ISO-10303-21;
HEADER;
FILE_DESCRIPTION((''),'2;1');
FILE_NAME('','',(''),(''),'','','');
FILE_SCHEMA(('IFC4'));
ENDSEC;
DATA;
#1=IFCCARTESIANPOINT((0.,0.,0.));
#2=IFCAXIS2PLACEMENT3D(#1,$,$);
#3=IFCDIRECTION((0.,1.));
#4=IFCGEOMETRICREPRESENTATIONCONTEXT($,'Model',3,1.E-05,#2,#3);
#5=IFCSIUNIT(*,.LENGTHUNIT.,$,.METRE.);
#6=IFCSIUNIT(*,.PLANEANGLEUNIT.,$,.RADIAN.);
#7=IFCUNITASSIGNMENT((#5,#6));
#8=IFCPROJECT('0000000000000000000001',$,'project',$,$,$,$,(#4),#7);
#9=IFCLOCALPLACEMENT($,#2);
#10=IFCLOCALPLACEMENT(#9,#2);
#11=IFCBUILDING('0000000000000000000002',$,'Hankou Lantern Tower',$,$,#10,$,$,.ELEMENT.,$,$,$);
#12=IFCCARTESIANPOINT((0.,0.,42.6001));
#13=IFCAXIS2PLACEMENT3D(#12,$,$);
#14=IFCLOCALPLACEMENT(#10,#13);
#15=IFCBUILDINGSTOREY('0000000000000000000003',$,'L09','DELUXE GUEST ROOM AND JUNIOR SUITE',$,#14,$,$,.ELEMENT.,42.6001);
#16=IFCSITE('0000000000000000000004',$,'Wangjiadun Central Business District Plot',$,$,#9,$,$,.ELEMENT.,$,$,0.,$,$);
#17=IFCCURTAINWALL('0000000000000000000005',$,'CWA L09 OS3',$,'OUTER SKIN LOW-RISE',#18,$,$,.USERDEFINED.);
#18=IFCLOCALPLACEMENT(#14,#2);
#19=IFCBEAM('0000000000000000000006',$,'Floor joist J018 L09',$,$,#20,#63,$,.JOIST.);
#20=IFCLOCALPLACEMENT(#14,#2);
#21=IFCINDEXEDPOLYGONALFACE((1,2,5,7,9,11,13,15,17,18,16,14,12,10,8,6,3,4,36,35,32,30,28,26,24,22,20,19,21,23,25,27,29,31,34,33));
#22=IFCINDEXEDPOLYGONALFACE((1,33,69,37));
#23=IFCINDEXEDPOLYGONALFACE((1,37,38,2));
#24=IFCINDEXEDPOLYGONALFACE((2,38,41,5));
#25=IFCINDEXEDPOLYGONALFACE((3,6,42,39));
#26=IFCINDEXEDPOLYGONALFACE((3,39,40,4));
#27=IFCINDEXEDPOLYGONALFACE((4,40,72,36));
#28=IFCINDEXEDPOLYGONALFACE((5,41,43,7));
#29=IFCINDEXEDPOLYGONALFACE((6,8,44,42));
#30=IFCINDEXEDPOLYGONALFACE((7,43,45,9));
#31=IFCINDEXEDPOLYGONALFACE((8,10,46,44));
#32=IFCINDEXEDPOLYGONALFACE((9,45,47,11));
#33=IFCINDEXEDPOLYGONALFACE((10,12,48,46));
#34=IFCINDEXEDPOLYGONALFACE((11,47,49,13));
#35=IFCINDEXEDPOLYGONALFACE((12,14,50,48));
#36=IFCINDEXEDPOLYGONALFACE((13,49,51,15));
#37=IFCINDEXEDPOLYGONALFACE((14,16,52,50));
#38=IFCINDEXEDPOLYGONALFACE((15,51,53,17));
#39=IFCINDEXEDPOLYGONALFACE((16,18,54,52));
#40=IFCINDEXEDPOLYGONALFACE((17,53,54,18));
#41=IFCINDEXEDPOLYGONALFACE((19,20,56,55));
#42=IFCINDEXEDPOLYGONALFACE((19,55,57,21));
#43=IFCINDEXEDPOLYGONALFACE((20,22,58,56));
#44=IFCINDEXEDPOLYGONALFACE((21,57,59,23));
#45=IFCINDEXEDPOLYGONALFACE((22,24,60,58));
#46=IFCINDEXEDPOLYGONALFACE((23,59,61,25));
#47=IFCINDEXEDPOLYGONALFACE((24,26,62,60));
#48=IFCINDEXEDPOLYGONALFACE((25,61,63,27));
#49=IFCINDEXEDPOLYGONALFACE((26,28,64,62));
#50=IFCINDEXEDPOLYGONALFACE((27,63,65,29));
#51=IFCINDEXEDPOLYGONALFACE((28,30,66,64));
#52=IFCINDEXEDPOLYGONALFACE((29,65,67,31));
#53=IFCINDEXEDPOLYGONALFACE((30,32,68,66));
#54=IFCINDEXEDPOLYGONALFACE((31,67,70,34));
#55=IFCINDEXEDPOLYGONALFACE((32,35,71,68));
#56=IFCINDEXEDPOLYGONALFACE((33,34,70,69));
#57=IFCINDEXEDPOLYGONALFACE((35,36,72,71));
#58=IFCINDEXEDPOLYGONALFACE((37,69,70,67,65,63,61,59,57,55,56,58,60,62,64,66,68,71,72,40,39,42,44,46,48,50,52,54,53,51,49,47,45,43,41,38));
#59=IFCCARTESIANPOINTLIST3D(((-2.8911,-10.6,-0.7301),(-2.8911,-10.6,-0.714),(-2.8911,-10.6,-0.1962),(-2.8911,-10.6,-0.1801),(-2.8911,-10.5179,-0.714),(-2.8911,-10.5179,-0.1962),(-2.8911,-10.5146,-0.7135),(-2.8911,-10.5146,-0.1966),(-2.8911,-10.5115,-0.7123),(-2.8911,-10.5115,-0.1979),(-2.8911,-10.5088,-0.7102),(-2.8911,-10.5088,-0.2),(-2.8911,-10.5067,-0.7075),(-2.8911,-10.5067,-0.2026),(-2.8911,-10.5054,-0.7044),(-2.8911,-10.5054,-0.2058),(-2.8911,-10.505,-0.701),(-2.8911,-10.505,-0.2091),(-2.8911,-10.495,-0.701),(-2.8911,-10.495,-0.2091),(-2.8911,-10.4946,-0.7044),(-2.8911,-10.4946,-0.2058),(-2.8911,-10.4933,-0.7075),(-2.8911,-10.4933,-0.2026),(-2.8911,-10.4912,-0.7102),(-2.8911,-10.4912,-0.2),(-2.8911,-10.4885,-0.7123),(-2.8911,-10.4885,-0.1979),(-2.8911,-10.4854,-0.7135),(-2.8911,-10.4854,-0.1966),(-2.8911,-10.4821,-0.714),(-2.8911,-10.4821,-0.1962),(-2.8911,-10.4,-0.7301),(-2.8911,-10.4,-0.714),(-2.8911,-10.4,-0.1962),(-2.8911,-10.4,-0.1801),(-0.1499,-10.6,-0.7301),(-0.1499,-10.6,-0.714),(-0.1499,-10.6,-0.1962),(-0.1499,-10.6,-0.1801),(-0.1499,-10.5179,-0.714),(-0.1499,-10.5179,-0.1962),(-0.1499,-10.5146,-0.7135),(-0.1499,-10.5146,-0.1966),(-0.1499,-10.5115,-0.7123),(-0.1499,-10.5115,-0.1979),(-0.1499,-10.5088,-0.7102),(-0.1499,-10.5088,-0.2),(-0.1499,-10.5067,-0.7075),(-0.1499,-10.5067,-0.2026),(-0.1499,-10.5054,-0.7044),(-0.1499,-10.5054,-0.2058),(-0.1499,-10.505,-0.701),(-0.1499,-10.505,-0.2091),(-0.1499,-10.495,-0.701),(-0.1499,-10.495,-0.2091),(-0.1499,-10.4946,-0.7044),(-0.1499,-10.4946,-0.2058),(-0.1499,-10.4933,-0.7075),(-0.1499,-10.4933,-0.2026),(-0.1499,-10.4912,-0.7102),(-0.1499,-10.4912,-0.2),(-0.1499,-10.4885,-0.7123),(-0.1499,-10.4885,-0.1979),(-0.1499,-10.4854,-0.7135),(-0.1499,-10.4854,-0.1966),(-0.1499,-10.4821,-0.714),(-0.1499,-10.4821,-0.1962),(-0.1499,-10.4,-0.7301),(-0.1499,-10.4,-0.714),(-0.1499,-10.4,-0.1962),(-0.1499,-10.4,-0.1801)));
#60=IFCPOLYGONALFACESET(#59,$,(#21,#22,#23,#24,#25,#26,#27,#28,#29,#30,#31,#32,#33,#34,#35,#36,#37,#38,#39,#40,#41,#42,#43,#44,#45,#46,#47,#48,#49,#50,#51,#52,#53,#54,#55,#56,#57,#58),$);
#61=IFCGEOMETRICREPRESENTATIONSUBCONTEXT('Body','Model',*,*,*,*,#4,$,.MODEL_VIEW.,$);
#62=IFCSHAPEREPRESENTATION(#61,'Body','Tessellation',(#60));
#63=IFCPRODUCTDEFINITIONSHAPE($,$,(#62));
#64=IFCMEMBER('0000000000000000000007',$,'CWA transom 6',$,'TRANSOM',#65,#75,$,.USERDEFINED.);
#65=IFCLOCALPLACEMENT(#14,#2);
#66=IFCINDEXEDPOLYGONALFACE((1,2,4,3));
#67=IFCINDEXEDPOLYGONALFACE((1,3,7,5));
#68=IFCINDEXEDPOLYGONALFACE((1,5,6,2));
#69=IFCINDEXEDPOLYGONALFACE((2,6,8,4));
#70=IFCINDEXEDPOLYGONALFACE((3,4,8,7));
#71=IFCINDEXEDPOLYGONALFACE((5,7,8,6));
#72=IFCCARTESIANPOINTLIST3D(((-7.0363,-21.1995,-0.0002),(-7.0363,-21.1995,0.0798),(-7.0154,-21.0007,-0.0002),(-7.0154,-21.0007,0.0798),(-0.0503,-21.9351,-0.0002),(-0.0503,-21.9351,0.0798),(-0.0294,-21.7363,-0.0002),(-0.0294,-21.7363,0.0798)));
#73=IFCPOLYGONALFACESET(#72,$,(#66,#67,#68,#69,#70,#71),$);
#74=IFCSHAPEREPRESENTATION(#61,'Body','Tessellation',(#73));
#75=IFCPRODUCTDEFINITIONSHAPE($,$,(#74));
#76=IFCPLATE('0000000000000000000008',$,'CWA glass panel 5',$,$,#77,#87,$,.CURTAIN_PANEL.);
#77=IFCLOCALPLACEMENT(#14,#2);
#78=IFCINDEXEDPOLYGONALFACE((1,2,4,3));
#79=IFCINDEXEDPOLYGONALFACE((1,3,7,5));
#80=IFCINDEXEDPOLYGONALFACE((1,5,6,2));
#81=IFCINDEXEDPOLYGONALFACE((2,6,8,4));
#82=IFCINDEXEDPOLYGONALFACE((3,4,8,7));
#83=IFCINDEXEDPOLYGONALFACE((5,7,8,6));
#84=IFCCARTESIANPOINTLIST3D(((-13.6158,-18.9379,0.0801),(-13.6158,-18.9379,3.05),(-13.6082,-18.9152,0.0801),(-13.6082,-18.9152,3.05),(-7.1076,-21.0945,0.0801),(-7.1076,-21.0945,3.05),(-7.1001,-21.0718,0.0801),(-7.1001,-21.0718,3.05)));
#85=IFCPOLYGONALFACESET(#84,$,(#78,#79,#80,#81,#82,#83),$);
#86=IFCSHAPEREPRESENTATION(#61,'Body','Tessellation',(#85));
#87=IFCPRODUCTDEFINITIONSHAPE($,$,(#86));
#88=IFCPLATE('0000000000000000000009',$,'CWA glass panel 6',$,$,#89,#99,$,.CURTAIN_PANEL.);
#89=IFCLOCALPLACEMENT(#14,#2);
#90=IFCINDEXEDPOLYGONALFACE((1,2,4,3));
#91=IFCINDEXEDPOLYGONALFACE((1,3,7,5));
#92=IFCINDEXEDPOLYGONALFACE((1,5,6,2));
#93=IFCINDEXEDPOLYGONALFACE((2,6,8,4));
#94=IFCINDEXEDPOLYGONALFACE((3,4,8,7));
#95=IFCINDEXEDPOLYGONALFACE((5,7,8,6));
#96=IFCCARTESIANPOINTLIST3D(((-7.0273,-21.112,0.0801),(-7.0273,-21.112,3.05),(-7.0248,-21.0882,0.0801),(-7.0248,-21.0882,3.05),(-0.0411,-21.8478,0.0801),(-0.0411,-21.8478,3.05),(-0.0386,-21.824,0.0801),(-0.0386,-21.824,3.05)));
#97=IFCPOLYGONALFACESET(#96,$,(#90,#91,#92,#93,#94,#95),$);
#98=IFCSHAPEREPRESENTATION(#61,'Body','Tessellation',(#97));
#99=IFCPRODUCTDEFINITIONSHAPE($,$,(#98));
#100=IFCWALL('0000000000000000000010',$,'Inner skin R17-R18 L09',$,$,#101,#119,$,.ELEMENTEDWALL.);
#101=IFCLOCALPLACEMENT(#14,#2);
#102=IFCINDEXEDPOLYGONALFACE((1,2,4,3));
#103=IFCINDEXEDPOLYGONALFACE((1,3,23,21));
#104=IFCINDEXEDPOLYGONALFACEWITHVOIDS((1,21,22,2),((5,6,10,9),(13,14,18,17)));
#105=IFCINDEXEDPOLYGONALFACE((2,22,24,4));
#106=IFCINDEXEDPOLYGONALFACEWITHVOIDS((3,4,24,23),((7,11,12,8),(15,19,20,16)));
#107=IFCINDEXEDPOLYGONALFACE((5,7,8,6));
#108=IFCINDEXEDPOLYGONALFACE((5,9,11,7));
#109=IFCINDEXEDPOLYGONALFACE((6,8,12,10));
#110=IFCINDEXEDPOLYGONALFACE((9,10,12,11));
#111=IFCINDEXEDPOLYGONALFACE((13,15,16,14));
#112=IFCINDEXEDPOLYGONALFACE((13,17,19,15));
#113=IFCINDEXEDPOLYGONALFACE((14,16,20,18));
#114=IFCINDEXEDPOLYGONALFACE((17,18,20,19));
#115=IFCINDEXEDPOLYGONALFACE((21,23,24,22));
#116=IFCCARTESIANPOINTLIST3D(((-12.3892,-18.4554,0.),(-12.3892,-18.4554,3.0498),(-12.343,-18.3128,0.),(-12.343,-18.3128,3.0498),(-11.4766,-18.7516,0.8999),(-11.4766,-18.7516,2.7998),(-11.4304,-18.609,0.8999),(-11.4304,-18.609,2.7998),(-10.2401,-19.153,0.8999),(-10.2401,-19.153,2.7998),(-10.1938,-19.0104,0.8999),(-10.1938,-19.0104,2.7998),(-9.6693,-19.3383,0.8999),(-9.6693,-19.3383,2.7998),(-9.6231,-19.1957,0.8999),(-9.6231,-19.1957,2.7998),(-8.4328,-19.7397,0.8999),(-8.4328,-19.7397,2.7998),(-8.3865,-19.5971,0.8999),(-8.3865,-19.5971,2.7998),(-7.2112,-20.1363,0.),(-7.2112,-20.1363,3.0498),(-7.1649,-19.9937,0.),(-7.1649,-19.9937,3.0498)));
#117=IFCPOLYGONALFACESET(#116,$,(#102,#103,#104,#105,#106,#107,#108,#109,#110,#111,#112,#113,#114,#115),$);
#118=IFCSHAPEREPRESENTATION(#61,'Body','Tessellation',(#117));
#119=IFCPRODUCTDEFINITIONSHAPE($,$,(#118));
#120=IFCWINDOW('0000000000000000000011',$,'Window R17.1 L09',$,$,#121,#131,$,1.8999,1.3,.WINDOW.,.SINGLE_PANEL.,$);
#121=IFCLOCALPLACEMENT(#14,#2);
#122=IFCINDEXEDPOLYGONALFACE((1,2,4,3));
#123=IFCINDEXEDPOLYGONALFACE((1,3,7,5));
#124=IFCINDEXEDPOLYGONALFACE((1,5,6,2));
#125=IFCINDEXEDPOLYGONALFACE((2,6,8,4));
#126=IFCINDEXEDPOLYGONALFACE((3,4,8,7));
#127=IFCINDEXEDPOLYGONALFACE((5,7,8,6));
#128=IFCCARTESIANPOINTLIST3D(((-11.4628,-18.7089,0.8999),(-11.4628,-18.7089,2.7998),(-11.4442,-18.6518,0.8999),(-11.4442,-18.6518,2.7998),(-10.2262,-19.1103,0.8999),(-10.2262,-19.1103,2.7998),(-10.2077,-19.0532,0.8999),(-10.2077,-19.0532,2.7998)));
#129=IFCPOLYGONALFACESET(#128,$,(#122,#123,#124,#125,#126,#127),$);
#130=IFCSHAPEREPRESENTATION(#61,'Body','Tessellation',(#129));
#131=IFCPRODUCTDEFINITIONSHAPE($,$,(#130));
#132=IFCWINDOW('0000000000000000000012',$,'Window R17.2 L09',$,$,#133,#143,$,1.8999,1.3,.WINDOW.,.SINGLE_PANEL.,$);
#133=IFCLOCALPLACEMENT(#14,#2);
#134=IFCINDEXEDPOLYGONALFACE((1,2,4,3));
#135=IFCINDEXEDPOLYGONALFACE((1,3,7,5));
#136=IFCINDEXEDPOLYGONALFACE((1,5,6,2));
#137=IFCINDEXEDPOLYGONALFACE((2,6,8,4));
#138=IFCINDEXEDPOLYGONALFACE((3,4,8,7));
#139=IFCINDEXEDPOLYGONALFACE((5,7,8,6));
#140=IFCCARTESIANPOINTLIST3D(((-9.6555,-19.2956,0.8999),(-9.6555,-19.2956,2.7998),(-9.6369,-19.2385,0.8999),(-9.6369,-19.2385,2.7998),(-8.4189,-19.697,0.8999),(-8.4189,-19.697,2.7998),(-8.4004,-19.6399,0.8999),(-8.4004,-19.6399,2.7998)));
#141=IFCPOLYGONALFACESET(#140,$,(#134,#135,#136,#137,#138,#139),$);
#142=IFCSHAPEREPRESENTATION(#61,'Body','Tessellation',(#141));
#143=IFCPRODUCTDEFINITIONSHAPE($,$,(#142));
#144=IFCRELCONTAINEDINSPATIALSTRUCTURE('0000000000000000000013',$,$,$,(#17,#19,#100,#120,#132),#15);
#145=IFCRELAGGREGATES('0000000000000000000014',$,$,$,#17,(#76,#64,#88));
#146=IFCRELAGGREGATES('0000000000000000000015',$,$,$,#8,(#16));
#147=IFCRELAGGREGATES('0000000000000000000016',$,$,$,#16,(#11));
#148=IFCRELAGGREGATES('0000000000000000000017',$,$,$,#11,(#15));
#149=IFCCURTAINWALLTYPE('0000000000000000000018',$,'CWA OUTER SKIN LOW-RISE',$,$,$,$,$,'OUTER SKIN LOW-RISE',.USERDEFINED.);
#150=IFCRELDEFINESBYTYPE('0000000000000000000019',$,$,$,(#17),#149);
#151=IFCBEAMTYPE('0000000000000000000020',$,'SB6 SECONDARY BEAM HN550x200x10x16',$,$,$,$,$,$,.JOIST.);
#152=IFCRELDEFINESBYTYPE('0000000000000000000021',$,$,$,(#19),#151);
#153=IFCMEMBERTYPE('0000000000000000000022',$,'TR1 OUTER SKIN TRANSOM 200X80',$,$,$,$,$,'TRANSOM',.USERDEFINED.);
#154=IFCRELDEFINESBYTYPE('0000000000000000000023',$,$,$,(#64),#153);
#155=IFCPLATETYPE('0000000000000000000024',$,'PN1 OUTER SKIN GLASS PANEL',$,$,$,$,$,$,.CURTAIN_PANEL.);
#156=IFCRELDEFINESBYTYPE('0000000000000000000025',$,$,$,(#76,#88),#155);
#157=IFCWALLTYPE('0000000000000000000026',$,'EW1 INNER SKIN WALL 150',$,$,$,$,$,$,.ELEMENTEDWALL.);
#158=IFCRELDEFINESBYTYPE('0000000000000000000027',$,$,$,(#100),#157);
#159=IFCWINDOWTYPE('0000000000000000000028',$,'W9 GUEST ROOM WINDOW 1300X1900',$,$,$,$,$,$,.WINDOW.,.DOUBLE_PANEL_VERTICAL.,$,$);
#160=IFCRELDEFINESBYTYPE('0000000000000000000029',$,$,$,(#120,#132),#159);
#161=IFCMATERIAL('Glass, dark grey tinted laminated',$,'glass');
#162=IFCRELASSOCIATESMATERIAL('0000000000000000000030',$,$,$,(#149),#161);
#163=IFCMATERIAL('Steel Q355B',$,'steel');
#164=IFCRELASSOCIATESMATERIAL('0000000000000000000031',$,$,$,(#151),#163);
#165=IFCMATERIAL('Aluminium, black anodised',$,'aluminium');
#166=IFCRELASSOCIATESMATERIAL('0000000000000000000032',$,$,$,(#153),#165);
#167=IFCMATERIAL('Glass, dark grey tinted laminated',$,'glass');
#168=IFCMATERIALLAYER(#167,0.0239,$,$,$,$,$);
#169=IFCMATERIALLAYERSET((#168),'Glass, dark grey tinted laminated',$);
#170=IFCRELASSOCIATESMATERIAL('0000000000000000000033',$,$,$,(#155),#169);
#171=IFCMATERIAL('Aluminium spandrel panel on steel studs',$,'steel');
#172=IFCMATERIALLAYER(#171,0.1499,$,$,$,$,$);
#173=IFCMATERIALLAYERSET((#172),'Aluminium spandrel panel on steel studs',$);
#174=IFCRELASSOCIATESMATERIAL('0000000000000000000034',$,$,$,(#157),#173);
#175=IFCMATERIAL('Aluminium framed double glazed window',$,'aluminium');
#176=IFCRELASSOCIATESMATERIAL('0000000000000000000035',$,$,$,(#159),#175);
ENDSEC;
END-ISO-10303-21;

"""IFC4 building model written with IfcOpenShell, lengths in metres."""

from ifc_helpers import new_model, si_unit, direction, frame, frame_2d, origin, origin_2d, place, context, subcontext, project, spatial, rectangle, i_section, extrude, material, layer, layer_set, material_profile, profile_set, type_object, element, fill, aggregate, save


model = new_model("IFC4")

# Units and contexts
model_context = context("Model", 3, precision=1e-05, world=origin(), true_north=direction((0.0, 1.0)))
body_context = subcontext(model_context, "Body", "Model", "MODEL_VIEW")
ifc_project = project(units=[si_unit("LENGTHUNIT", "METRE"), si_unit("PLANEANGLEUNIT", "RADIAN")], contexts=[model_context])

# Site, building, storey
site_placement = place(None, origin())
site = spatial("IfcSite", under=ifc_project, at=site_placement, Name="Wangjiadun Central Business District Plot", CompositionType="ELEMENT", RefElevation=0.0)
building_placement = place(site_placement, origin())
building = spatial("IfcBuilding", under=site, at=building_placement, Name="Hankou Lantern Tower", CompositionType="ELEMENT")
storey_placement = place(building_placement, frame((0.0, 0.0, 42.6001)))
storey = spatial("IfcBuildingStorey", under=building, at=storey_placement, Name="L09", Description="DELUXE GUEST ROOM AND JUNIOR SUITE", CompositionType="ELEMENT", Elevation=42.6001)

# Curtain wall
ifc_material_1 = material(Name="Glass, dark grey tinted laminated", Category="glass")
curtain_wall_type = type_object("IfcCurtainWallType", Name="CWA OUTER SKIN LOW-RISE", ElementType="OUTER SKIN LOW-RISE", PredefinedType="USERDEFINED", material=ifc_material_1)
curtain_wall_placement = place(storey_placement, origin())
curtain_wall = element("IfcCurtainWall", 1, at=curtain_wall_placement, inside=storey, type_object=curtain_wall_type, Name="CWA L09 OS3", ObjectType="OUTER SKIN LOW-RISE", PredefinedType="USERDEFINED")

# Beam
ifc_material_2 = material(Name="Steel Q355B", Category="steel")
ifc_material_profile_1 = material_profile(ifc_material_2, i_section(OverallWidth=0.2, OverallDepth=0.55, WebThickness=0.01, FlangeThickness=0.0161, FilletRadius=0.0129, at=origin_2d()), Name="HN550x200x10x16")
ifc_profile_set_1 = profile_set([ifc_material_profile_1], Name="Steel Q355B")
beam_type_1 = type_object("IfcBeamType", Name="SB6 SECONDARY BEAM HN550x200x10x16", PredefinedType="JOIST", material=ifc_profile_set_1)
beam_1_placement = place(storey_placement, frame((-2.8911, -10.5, -0.4551), z_axis=(1.0, 0.0, 0.0), x_axis=(0.0, 1.0, 0.0)))
element("IfcBeam", 2, at=beam_1_placement, inside=storey, type_object=beam_type_1, Name="Floor joist J018 L09", PredefinedType="JOIST", context=body_context, shape_type="SweptSolid", body=[
    extrude(i_section(OverallWidth=0.2, OverallDepth=0.55, WebThickness=0.01, FlangeThickness=0.0161, FilletRadius=0.0129, at=origin_2d()), origin(), (0.0, 0.0, 1.0), 2.7412),
])

# Member
ifc_material_3 = material(Name="Aluminium, black anodised", Category="aluminium")
ifc_material_profile_2 = material_profile(ifc_material_3, rectangle(XDim=0.2, YDim=0.0801, at=origin_2d()), Name="TR1 200X80")
ifc_profile_set_2 = profile_set([ifc_material_profile_2], Name="Aluminium, black anodised")
member_type_1 = type_object("IfcMemberType", Name="TR1 OUTER SKIN TRANSOM 200X80", ElementType="TRANSOM", PredefinedType="USERDEFINED", material=ifc_profile_set_2)
member_1_placement = place(storey_placement, frame((-7.0259, -21.1001, 0.0398), z_axis=(0.994502, -0.104716, 0.0), x_axis=(0.104716, 0.994502, 0.0)))
member_1 = element("IfcMember", 3, at=member_1_placement, type_object=member_type_1, Name="CWA transom 6", ObjectType="TRANSOM", PredefinedType="USERDEFINED", context=body_context, shape_type="SweptSolid", body=[
    extrude(rectangle(XDim=0.2, YDim=0.0801, at=origin_2d()), origin(), (0.0, 0.0, 1.0), 7.0247),
])

# Plates
ifc_material_4 = material(Name="Glass, dark grey tinted laminated", Category="glass")
ifc_layer_1 = layer(ifc_material_4, 0.0239)
ifc_layer_set_1 = layer_set([ifc_layer_1], Name="Glass, dark grey tinted laminated")
plate_type = type_object("IfcPlateType", Name="PN1 OUTER SKIN GLASS PANEL", PredefinedType="CURTAIN_PANEL", material=ifc_layer_set_1)
plate_1_placement = place(storey_placement, frame((-10.3579, -20.0049, 0.0801), z_axis=(0.0, 0.0, 1.0), x_axis=(0.949241, -0.314551, 0.0)))
plate_1 = element("IfcPlate", 4, at=plate_1_placement, type_object=plate_type, Name="CWA glass panel 5", PredefinedType="CURTAIN_PANEL", context=body_context, shape_type="SweptSolid", body=[
    extrude(rectangle(XDim=6.8562, YDim=0.0239, at=origin_2d()), origin(), (0.0, 0.0, 1.0), 2.97),
])
plate_2_placement = place(storey_placement, frame((-3.533, -21.468, 0.0801), z_axis=(0.0, 0.0, 1.0), x_axis=(0.994499, -0.104743, 0.0)))
plate_2 = element("IfcPlate", 5, at=plate_2_placement, type_object=plate_type, Name="CWA glass panel 6", PredefinedType="CURTAIN_PANEL", context=body_context, shape_type="SweptSolid", body=[
    extrude(rectangle(XDim=7.0249, YDim=0.0239, at=origin_2d()), origin(), (0.0, 0.0, 1.0), 2.97),
])
aggregate(curtain_wall, [plate_1, member_1, plate_2])

# Wall, openings, windows
ifc_material_5 = material(Name="Aluminium spandrel panel on steel studs", Category="steel")
ifc_layer_2 = layer(ifc_material_5, 0.1499)
ifc_layer_set_2 = layer_set([ifc_layer_2], Name="Aluminium spandrel panel on steel studs")
wall_type_1 = type_object("IfcWallType", Name="EW1 INNER SKIN WALL 150", PredefinedType="ELEMENTEDWALL", material=ifc_layer_set_2)
wall_1_placement = place(storey_placement, frame((-12.3662, -18.384, 0.0), z_axis=(0.0, 0.0, 1.0), x_axis=(0.951138, -0.308765, 0.0)))
wall_1 = element("IfcWall", 6, at=wall_1_placement, inside=storey, type_object=wall_type_1, Name="Inner skin R17-R18 L09", PredefinedType="ELEMENTEDWALL", context=body_context, shape_type="SweptSolid", body=[
    extrude(rectangle(XDim=5.4441, YDim=0.1499, at=frame_2d((2.7222, 0.0))), origin(), (0.0, 0.0, 1.0), 3.0498),
])
opening_1_placement = place(wall_1_placement, frame((0.9597, 0.0, 0.8999)))
opening_1 = element("IfcOpeningElement", 7, at=opening_1_placement, cuts=wall_1, PredefinedType="OPENING", context=body_context, shape_type="SweptSolid", body=[
    extrude(rectangle(XDim=1.3, YDim=1.8999, at=frame_2d((0.6499, 0.95))), frame((0.0, 0.085, 0.0), z_axis=(0.0, -1.0, 0.0), x_axis=(1.0, 0.0, 0.0)), (0.0, 0.0, 1.0), 0.1699),
])
opening_2_placement = place(wall_1_placement, frame((2.8599, 0.0, 0.8999)))
opening_2 = element("IfcOpeningElement", 8, at=opening_2_placement, cuts=wall_1, PredefinedType="OPENING", context=body_context, shape_type="SweptSolid", body=[
    extrude(rectangle(XDim=1.3, YDim=1.8999, at=frame_2d((0.6499, 0.95))), frame((0.0, 0.085, 0.0), z_axis=(0.0, -1.0, 0.0), x_axis=(1.0, 0.0, 0.0)), (0.0, 0.0, 1.0), 0.1699),
])
ifc_material_6 = material(Name="Aluminium framed double glazed window", Category="aluminium")
window_type = type_object("IfcWindowType", Name="W9 GUEST ROOM WINDOW 1300X1900", PartitioningType="DOUBLE_PANEL_VERTICAL", PredefinedType="WINDOW", material=ifc_material_6)
window_1_placement = place(opening_1_placement, origin())
window_1 = element("IfcWindow", 9, at=window_1_placement, inside=storey, type_object=window_type, Name="Window R17.1 L09", OverallHeight=1.8999, OverallWidth=1.3, PartitioningType="SINGLE_PANEL", PredefinedType="WINDOW", context=body_context, shape_type="SweptSolid", body=[
    extrude(rectangle(XDim=1.3, YDim=1.8999, at=frame_2d((0.6499, 0.95))), frame((0.0, 0.03, 0.0), z_axis=(0.0, -1.0, 0.0), x_axis=(1.0, 0.0, 0.0)), (0.0, 0.0, 1.0), 0.0601),
])
fill(opening_1, window_1)
window_2_placement = place(opening_2_placement, origin())
window_2 = element("IfcWindow", 10, at=window_2_placement, inside=storey, type_object=window_type, Name="Window R17.2 L09", OverallHeight=1.8999, OverallWidth=1.3, PartitioningType="SINGLE_PANEL", PredefinedType="WINDOW", context=body_context, shape_type="SweptSolid", body=[
    extrude(rectangle(XDim=1.3, YDim=1.8999, at=frame_2d((0.6499, 0.95))), frame((0.0, 0.03, 0.0), z_axis=(0.0, -1.0, 0.0), x_axis=(1.0, 0.0, 0.0)), (0.0, 0.0, 1.0), 0.0601),
])
fill(opening_2, window_2)

save(model, "model.ifc")
